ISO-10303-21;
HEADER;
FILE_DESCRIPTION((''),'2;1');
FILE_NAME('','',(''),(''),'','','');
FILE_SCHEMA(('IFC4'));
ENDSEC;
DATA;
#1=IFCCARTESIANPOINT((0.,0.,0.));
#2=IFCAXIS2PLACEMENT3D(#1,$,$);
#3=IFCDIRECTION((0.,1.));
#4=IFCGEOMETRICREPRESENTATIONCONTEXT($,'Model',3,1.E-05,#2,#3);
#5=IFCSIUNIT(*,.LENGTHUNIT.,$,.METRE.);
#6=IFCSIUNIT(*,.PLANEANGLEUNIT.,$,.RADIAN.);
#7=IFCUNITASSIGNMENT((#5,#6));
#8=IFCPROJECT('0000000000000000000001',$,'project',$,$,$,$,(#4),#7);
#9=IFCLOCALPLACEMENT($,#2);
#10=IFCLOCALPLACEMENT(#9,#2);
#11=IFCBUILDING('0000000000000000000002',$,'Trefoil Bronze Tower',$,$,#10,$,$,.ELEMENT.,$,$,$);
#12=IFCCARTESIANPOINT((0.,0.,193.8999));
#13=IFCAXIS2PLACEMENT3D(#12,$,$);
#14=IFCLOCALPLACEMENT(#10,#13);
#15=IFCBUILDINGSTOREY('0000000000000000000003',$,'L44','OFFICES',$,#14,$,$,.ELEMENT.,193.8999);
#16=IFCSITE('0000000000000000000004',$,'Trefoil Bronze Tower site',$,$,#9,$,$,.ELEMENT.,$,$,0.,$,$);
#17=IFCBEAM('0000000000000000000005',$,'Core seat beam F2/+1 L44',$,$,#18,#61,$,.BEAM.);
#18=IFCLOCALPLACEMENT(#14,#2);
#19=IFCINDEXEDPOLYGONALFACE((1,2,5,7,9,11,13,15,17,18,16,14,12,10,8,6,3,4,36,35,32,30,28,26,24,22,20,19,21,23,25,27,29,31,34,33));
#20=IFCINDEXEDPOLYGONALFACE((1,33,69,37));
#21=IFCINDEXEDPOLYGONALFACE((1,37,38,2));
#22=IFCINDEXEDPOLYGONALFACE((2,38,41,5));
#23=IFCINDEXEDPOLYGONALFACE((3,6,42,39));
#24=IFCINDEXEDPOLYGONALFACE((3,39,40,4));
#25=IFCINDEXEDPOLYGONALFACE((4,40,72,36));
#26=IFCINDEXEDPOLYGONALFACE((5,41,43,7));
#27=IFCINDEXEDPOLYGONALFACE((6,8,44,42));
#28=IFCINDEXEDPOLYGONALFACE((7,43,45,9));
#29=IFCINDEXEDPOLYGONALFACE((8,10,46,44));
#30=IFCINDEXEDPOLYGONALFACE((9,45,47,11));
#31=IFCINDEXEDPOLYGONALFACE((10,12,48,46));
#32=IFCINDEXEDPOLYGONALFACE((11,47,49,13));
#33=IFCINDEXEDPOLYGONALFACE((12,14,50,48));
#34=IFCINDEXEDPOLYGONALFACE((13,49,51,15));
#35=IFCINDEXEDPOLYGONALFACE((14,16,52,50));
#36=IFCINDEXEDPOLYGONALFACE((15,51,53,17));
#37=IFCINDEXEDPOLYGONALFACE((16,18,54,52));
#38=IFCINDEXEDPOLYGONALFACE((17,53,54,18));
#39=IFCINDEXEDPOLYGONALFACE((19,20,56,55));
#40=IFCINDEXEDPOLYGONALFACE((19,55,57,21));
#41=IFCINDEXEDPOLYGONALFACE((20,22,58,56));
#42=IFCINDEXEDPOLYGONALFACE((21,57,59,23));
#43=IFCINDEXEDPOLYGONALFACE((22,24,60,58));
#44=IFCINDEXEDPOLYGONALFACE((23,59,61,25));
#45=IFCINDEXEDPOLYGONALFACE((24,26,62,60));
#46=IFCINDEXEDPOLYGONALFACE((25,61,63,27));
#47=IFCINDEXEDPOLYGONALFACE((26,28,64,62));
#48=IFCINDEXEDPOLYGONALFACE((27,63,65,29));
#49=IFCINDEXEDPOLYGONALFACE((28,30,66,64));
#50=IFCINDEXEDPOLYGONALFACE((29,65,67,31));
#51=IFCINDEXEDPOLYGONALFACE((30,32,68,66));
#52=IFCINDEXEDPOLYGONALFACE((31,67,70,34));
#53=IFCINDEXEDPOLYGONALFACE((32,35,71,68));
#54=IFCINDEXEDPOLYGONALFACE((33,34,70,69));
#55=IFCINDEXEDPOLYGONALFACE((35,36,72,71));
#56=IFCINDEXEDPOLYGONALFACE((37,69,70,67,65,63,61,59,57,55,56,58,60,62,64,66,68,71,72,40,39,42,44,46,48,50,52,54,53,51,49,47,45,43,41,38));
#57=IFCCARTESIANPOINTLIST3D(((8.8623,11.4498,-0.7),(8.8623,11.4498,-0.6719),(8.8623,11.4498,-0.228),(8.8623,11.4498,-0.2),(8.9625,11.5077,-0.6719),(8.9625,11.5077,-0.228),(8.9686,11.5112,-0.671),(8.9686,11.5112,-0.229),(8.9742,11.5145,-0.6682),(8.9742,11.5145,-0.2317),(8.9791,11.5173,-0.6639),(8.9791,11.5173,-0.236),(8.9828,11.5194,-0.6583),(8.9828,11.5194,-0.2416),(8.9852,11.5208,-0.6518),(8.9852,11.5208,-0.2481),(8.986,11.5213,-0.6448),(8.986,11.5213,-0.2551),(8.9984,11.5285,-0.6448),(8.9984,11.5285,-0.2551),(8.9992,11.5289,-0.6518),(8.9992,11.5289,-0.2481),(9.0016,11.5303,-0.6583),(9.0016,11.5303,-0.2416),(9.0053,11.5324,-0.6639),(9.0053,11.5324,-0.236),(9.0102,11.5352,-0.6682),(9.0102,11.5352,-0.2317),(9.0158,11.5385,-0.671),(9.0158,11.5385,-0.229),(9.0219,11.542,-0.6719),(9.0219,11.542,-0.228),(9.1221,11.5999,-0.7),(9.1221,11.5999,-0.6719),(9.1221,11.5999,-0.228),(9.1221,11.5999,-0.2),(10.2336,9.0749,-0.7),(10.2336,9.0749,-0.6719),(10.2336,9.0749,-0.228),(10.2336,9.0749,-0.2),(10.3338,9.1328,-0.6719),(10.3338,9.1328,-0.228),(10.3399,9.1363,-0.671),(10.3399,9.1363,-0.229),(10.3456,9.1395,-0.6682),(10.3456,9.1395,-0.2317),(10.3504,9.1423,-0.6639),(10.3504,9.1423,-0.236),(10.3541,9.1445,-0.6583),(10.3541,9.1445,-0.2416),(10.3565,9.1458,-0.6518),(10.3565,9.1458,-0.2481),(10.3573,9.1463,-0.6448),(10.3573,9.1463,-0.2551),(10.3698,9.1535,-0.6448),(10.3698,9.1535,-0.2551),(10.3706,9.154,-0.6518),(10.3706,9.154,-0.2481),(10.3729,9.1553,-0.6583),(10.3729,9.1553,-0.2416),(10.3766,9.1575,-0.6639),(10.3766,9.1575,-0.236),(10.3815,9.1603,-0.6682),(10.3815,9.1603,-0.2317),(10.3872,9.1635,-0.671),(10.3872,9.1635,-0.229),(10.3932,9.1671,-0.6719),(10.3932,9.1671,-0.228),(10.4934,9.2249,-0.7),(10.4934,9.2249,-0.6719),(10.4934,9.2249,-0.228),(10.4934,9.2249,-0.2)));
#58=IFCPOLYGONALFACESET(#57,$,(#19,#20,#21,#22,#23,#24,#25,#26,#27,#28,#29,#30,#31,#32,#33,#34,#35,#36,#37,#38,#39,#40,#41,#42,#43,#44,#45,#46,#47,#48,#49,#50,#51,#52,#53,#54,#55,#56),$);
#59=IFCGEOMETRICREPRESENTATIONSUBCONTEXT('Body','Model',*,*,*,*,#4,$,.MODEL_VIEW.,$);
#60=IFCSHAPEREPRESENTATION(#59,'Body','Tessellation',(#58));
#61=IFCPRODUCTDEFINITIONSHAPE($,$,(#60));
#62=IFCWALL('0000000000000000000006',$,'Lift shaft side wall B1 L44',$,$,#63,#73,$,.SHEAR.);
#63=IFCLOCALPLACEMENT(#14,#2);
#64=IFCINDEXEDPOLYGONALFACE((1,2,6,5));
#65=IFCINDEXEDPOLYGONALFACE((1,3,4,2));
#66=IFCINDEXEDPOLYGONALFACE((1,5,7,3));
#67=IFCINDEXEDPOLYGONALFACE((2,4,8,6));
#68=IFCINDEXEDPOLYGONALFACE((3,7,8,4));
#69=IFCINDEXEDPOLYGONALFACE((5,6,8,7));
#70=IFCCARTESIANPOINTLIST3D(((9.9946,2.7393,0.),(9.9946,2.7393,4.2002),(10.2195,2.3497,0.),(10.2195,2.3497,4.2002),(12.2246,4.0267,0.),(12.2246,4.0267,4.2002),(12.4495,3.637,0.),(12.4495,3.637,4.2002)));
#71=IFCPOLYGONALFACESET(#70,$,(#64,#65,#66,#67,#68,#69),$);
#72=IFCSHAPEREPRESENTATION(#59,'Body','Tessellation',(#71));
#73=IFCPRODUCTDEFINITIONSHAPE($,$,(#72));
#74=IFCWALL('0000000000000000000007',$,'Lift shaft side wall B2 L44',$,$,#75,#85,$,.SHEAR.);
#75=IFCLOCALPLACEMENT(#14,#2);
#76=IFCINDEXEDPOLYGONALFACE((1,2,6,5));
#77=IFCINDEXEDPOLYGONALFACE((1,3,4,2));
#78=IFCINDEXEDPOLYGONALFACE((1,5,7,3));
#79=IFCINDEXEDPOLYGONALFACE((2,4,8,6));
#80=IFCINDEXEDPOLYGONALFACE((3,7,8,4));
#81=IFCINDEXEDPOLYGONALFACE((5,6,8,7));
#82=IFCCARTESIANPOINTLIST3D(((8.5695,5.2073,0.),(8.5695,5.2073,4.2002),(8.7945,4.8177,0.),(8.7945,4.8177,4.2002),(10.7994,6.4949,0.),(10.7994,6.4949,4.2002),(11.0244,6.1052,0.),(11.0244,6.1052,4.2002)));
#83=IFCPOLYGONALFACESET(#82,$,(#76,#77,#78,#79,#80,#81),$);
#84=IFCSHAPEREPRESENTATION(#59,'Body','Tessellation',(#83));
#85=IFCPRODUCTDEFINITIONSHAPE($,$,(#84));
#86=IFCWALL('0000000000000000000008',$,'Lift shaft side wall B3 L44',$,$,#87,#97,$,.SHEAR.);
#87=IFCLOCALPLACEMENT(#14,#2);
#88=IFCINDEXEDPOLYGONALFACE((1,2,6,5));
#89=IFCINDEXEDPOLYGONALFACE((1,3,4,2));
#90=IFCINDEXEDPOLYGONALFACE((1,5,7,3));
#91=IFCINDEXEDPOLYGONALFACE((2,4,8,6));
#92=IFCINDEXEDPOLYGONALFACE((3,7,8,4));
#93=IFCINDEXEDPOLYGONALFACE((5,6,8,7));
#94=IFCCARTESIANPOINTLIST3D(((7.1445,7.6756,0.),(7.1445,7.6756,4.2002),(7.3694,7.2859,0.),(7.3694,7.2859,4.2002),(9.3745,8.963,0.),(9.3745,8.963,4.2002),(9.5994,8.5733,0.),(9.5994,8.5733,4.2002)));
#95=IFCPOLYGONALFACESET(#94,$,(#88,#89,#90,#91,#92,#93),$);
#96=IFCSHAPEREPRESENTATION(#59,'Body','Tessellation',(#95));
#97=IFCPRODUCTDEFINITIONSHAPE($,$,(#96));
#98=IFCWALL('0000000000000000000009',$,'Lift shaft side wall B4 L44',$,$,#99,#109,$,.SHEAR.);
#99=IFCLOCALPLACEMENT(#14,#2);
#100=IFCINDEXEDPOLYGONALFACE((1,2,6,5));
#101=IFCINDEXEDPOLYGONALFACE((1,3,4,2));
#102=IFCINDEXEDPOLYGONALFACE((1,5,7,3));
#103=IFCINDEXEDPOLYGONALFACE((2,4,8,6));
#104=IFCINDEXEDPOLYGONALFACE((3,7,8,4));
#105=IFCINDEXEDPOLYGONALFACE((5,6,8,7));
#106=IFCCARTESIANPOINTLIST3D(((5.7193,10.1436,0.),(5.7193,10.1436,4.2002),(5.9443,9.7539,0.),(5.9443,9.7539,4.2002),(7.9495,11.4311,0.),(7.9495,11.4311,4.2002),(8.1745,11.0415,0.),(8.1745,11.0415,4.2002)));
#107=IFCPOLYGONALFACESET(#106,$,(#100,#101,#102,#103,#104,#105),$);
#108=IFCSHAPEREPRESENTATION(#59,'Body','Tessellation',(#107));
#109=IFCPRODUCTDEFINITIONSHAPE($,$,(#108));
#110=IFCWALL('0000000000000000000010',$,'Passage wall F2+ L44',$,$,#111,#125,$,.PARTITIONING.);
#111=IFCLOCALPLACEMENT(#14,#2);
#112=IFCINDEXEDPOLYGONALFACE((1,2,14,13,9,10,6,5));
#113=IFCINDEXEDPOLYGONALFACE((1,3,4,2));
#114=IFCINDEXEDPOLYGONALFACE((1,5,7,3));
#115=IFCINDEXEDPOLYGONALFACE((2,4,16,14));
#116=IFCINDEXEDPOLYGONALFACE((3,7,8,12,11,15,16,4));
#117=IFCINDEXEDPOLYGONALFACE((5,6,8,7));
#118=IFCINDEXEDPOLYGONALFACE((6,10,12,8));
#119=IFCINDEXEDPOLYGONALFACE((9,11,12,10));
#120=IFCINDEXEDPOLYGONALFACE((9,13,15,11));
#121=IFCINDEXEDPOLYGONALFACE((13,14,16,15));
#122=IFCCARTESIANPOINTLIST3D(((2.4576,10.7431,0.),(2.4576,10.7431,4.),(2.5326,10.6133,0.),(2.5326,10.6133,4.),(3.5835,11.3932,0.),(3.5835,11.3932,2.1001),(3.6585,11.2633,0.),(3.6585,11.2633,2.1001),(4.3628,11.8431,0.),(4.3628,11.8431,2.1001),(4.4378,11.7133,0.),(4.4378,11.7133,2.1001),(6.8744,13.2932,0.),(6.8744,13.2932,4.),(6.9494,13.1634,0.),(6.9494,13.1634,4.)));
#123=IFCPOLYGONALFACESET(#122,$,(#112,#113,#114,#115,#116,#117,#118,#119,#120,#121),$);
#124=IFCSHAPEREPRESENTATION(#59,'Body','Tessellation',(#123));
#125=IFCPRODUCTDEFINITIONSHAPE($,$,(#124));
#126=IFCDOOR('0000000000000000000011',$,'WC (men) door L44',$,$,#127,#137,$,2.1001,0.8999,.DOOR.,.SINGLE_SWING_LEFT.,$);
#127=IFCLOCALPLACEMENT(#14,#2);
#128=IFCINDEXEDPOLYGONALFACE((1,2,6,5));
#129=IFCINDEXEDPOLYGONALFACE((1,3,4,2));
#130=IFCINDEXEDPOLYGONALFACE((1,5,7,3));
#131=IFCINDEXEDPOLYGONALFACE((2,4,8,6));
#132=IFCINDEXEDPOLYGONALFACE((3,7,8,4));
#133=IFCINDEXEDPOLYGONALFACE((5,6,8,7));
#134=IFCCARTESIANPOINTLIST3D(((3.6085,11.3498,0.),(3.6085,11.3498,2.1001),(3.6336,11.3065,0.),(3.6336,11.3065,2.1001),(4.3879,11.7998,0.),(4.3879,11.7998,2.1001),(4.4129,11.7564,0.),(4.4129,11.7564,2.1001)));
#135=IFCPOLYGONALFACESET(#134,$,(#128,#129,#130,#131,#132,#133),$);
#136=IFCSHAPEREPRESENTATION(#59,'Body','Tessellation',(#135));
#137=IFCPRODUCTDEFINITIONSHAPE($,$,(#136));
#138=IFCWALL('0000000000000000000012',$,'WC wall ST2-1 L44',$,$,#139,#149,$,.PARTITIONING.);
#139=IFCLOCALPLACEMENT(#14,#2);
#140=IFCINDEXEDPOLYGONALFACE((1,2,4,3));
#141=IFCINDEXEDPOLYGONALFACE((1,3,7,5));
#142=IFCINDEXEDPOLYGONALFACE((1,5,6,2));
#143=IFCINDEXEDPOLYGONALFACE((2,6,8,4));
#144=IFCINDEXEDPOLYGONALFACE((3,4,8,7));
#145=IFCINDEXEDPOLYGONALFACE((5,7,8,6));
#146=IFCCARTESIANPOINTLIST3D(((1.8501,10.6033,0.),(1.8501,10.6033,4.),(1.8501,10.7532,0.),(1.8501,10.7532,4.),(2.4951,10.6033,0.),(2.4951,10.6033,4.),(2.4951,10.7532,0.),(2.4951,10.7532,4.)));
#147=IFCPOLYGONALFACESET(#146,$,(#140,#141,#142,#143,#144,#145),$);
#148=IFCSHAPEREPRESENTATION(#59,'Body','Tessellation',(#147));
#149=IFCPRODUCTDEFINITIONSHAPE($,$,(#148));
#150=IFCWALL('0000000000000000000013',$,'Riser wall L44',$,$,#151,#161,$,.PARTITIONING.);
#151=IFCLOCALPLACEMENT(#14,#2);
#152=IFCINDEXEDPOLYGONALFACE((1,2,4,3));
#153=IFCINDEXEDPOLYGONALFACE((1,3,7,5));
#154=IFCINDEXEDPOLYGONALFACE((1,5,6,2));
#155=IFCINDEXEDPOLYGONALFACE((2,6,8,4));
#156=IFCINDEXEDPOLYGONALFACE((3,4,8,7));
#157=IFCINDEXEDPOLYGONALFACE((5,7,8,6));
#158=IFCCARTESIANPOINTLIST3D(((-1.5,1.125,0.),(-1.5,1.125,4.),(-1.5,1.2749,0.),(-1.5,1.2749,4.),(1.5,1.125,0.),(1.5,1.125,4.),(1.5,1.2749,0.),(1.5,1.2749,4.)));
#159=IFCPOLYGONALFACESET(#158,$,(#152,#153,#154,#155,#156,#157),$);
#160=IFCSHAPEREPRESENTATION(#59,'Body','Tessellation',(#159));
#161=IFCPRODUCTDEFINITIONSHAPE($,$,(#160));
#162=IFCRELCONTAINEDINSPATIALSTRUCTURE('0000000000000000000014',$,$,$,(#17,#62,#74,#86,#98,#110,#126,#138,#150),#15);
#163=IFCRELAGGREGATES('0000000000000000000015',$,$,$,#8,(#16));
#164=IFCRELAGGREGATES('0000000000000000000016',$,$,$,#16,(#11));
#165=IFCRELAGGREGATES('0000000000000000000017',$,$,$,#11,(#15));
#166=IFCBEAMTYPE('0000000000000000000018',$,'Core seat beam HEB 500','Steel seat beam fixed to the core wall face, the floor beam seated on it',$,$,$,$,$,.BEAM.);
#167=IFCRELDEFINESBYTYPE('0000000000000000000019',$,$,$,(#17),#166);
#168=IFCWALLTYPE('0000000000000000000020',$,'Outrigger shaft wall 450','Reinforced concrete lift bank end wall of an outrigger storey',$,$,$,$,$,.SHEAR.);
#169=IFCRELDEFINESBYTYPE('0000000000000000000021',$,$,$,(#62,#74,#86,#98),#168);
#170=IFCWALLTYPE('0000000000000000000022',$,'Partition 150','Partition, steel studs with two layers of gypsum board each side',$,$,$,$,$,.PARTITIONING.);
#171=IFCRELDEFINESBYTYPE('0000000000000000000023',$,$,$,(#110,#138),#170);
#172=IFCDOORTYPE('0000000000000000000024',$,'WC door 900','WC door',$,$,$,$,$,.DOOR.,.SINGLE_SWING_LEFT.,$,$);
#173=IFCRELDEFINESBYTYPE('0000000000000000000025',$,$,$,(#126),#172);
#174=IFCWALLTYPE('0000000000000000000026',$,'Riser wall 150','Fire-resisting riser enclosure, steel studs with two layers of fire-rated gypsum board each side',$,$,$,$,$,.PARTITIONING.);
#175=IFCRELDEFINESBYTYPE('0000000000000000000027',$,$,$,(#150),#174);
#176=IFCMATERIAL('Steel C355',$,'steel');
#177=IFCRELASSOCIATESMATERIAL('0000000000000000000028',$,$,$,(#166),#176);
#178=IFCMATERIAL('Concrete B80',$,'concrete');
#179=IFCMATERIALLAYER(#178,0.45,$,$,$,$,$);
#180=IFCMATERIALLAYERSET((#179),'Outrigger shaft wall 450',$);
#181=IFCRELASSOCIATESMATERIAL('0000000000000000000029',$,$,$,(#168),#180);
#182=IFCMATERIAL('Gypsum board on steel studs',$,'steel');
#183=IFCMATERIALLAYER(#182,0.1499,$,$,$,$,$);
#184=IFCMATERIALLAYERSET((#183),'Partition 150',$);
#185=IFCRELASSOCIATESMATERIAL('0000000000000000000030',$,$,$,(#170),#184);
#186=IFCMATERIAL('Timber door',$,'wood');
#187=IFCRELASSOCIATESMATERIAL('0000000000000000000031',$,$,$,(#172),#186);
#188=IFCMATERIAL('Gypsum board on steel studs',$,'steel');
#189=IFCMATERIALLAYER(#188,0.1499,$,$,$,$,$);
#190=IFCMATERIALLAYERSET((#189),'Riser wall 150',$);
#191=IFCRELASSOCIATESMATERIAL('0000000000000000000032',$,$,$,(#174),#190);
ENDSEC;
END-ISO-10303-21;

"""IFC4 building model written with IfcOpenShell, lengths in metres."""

from ifc_helpers import new_model, si_unit, direction, frame, frame_2d, origin, origin_2d, place, context, subcontext, project, spatial, rectangle, i_section, extrude, material, layer, layer_set, material_profile, profile_set, type_object, element, fill, save


model = new_model("IFC4")

# Units and contexts
model_context = context("Model", 3, precision=1e-05, world=origin(), true_north=direction((0.0, 1.0)))
body_context = subcontext(model_context, "Body", "Model", "MODEL_VIEW")
ifc_project = project(units=[si_unit("LENGTHUNIT", "METRE"), si_unit("PLANEANGLEUNIT", "RADIAN")], contexts=[model_context])

# Site, building, storey
site_placement = place(None, origin())
site = spatial("IfcSite", under=ifc_project, at=site_placement, Name="Trefoil Bronze Tower site", CompositionType="ELEMENT", RefElevation=0.0)
building_placement = place(site_placement, origin())
building = spatial("IfcBuilding", under=site, at=building_placement, Name="Trefoil Bronze Tower", CompositionType="ELEMENT")
storey_placement = place(building_placement, frame((0.0, 0.0, 193.8999)))
storey = spatial("IfcBuildingStorey", under=building, at=storey_placement, Name="L44", Description="OFFICES", CompositionType="ELEMENT", Elevation=193.8999)

# Beam
ifc_material_1 = material(Name="Steel C355", Category="steel")
ifc_material_profile = material_profile(ifc_material_1, i_section(OverallWidth=0.3, OverallDepth=0.5, WebThickness=0.0144, FlangeThickness=0.0281, FilletRadius=0.0271, at=origin_2d()), Name="HEB 500")
ifc_profile_set = profile_set([ifc_material_profile], Name="Steel C355")
beam_type = type_object("IfcBeamType", Name="Core seat beam HEB 500", Description="Steel seat beam fixed to the core wall face, the floor beam seated on it", PredefinedType="BEAM", material=ifc_profile_set)
beam_placement = place(storey_placement, frame((10.3635, 9.1499, -0.45), z_axis=(-0.500036, 0.866005, 0.0), x_axis=(-0.866005, -0.500036, 0.0)))
element("IfcBeam", 1, at=beam_placement, inside=storey, type_object=beam_type, Name="Core seat beam F2/+1 L44", PredefinedType="BEAM", context=body_context, shape_type="SweptSolid", body=[
    extrude(i_section(OverallWidth=0.3, OverallDepth=0.5, WebThickness=0.0144, FlangeThickness=0.0281, FilletRadius=0.0271, at=origin_2d()), origin(), (0.0, 0.0, 1.0), 2.7424),
])

# Walls
ifc_material_2 = material(Name="Concrete B80", Category="concrete")
ifc_layer_1 = layer(ifc_material_2, 0.45)
ifc_layer_set_1 = layer_set([ifc_layer_1], Name="Outrigger shaft wall 450")
wall_type_1 = type_object("IfcWallType", Name="Outrigger shaft wall 450", Description="Reinforced concrete lift bank end wall of an outrigger storey", PredefinedType="SHEAR", material=ifc_layer_set_1)
for number, where, z_axis, x_axis, name in (
    (2, (10.1069, 2.5444, 0.0), (0.0, 0.0, 1.0), (0.866047, 0.499963, 0.0), "Lift shaft side wall B1 L44"),
    (3, (8.6819, 5.0125, 0.0), (0.0, 0.0, 1.0), (0.866006, 0.500034, 0.0), "Lift shaft side wall B2 L44"),
    (4, (7.2568, 7.4807, 0.0), (0.0, 0.0, 1.0), (0.866047, 0.499963, 0.0), "Lift shaft side wall B3 L44"),
):
    element("IfcWall", number, at=place(storey_placement, frame(where, z_axis=z_axis, x_axis=x_axis)), inside=storey, type_object=wall_type_1, Name=name, PredefinedType="SHEAR", context=body_context, shape_type="SweptSolid", body=[
        extrude(rectangle(XDim=2.575, YDim=0.45, at=frame_2d((1.2876, 0.0))), origin(), (0.0, 0.0, 1.0), 4.2002),
    ])
wall_1_placement = place(storey_placement, frame((5.8318, 9.9487, 0.0), z_axis=(0.0, 0.0, 1.0), x_axis=(0.866029, 0.499993, 0.0)))
element("IfcWall", 5, at=wall_1_placement, inside=storey, type_object=wall_type_1, Name="Lift shaft side wall B4 L44", PredefinedType="SHEAR", context=body_context, shape_type="SweptSolid", body=[
    extrude(rectangle(XDim=2.5752, YDim=0.45, at=frame_2d((1.2876, 0.0))), origin(), (0.0, 0.0, 1.0), 4.2002),
])

# Wall, opening, door
ifc_material_3 = material(Name="Gypsum board on steel studs", Category="steel")
ifc_layer_2 = layer(ifc_material_3, 0.1499)
ifc_layer_set_2 = layer_set([ifc_layer_2], Name="Partition 150")
wall_type_2 = type_object("IfcWallType", Name="Partition 150", Description="Partition, steel studs with two layers of gypsum board each side", PredefinedType="PARTITIONING", material=ifc_layer_set_2)
wall_2_placement = place(storey_placement, frame((2.4951, 10.6782, 0.0), z_axis=(0.0, 0.0, 1.0), x_axis=(0.866022, 0.500006, 0.0)))
wall_2 = element("IfcWall", 6, at=wall_2_placement, inside=storey, type_object=wall_type_2, Name="Passage wall F2+ L44", PredefinedType="PARTITIONING", context=body_context, shape_type="SweptSolid", body=[
    extrude(rectangle(XDim=5.1001, YDim=0.1499, at=frame_2d((2.55, 0.0))), origin(), (0.0, 0.0, 1.0), 4.0),
])
opening_1_placement = place(wall_2_placement, frame((1.3, 0.0, 0.0)))
opening_1 = element("IfcOpeningElement", 7, at=opening_1_placement, cuts=wall_2, PredefinedType="OPENING", context=body_context, shape_type="SweptSolid", body=[
    extrude(rectangle(XDim=0.8999, YDim=2.1001, at=frame_2d((0.45, 1.05))), frame((0.0, 0.085, 0.0), z_axis=(0.0, -1.0, 0.0), x_axis=(1.0, 0.0, 0.0)), (0.0, 0.0, 1.0), 0.1699),
])
ifc_material_4 = material(Name="Timber door", Category="wood")
door_type_1 = type_object("IfcDoorType", Name="WC door 900", Description="WC door", OperationType="SINGLE_SWING_LEFT", PredefinedType="DOOR", material=ifc_material_4)
door_1_placement = place(opening_1_placement, origin())
door_1 = element("IfcDoor", 8, at=door_1_placement, inside=storey, type_object=door_type_1, Name="WC (men) door L44", OperationType="SINGLE_SWING_LEFT", OverallHeight=2.1001, OverallWidth=0.8999, PredefinedType="DOOR", context=body_context, shape_type="SweptSolid", body=[
    extrude(rectangle(XDim=0.8999, YDim=2.1001, at=frame_2d((0.45, 1.05))), frame((0.0, 0.0249, 0.0), z_axis=(0.0, -1.0, 0.0), x_axis=(1.0, 0.0, 0.0)), (0.0, 0.0, 1.0), 0.05),
])
fill(opening_1, door_1)

# Walls
wall_3_placement = place(storey_placement, frame((2.4951, 10.6782, 0.0), z_axis=(0.0, 0.0, 1.0), x_axis=(-1.0, 0.0, 0.0)))
element("IfcWall", 9, at=wall_3_placement, inside=storey, type_object=wall_type_2, Name="WC wall ST2-1 L44", PredefinedType="PARTITIONING", context=body_context, shape_type="SweptSolid", body=[
    extrude(rectangle(XDim=0.645, YDim=0.1499, at=frame_2d((0.3225, 0.0))), origin(), (0.0, 0.0, 1.0), 4.0),
])
ifc_material_5 = material(Name="Gypsum board on steel studs", Category="steel")
ifc_layer_3 = layer(ifc_material_5, 0.1499)
ifc_layer_set_3 = layer_set([ifc_layer_3], Name="Riser wall 150")
wall_type_3 = type_object("IfcWallType", Name="Riser wall 150", Description="Fire-resisting riser enclosure, steel studs with two layers of fire-rated gypsum board each side", PredefinedType="PARTITIONING", material=ifc_layer_set_3)
wall_4_placement = place(storey_placement, frame((1.5, 1.2, 0.0), z_axis=(0.0, 0.0, 1.0), x_axis=(-1.0, 0.0, 0.0)))
element("IfcWall", 10, at=wall_4_placement, inside=storey, type_object=wall_type_3, Name="Riser wall L44", PredefinedType="PARTITIONING", context=body_context, shape_type="SweptSolid", body=[
    extrude(rectangle(XDim=3.0, YDim=0.1499, at=frame_2d((1.5, 0.0))), origin(), (0.0, 0.0, 1.0), 4.0),
])

save(model, "model.ifc")
